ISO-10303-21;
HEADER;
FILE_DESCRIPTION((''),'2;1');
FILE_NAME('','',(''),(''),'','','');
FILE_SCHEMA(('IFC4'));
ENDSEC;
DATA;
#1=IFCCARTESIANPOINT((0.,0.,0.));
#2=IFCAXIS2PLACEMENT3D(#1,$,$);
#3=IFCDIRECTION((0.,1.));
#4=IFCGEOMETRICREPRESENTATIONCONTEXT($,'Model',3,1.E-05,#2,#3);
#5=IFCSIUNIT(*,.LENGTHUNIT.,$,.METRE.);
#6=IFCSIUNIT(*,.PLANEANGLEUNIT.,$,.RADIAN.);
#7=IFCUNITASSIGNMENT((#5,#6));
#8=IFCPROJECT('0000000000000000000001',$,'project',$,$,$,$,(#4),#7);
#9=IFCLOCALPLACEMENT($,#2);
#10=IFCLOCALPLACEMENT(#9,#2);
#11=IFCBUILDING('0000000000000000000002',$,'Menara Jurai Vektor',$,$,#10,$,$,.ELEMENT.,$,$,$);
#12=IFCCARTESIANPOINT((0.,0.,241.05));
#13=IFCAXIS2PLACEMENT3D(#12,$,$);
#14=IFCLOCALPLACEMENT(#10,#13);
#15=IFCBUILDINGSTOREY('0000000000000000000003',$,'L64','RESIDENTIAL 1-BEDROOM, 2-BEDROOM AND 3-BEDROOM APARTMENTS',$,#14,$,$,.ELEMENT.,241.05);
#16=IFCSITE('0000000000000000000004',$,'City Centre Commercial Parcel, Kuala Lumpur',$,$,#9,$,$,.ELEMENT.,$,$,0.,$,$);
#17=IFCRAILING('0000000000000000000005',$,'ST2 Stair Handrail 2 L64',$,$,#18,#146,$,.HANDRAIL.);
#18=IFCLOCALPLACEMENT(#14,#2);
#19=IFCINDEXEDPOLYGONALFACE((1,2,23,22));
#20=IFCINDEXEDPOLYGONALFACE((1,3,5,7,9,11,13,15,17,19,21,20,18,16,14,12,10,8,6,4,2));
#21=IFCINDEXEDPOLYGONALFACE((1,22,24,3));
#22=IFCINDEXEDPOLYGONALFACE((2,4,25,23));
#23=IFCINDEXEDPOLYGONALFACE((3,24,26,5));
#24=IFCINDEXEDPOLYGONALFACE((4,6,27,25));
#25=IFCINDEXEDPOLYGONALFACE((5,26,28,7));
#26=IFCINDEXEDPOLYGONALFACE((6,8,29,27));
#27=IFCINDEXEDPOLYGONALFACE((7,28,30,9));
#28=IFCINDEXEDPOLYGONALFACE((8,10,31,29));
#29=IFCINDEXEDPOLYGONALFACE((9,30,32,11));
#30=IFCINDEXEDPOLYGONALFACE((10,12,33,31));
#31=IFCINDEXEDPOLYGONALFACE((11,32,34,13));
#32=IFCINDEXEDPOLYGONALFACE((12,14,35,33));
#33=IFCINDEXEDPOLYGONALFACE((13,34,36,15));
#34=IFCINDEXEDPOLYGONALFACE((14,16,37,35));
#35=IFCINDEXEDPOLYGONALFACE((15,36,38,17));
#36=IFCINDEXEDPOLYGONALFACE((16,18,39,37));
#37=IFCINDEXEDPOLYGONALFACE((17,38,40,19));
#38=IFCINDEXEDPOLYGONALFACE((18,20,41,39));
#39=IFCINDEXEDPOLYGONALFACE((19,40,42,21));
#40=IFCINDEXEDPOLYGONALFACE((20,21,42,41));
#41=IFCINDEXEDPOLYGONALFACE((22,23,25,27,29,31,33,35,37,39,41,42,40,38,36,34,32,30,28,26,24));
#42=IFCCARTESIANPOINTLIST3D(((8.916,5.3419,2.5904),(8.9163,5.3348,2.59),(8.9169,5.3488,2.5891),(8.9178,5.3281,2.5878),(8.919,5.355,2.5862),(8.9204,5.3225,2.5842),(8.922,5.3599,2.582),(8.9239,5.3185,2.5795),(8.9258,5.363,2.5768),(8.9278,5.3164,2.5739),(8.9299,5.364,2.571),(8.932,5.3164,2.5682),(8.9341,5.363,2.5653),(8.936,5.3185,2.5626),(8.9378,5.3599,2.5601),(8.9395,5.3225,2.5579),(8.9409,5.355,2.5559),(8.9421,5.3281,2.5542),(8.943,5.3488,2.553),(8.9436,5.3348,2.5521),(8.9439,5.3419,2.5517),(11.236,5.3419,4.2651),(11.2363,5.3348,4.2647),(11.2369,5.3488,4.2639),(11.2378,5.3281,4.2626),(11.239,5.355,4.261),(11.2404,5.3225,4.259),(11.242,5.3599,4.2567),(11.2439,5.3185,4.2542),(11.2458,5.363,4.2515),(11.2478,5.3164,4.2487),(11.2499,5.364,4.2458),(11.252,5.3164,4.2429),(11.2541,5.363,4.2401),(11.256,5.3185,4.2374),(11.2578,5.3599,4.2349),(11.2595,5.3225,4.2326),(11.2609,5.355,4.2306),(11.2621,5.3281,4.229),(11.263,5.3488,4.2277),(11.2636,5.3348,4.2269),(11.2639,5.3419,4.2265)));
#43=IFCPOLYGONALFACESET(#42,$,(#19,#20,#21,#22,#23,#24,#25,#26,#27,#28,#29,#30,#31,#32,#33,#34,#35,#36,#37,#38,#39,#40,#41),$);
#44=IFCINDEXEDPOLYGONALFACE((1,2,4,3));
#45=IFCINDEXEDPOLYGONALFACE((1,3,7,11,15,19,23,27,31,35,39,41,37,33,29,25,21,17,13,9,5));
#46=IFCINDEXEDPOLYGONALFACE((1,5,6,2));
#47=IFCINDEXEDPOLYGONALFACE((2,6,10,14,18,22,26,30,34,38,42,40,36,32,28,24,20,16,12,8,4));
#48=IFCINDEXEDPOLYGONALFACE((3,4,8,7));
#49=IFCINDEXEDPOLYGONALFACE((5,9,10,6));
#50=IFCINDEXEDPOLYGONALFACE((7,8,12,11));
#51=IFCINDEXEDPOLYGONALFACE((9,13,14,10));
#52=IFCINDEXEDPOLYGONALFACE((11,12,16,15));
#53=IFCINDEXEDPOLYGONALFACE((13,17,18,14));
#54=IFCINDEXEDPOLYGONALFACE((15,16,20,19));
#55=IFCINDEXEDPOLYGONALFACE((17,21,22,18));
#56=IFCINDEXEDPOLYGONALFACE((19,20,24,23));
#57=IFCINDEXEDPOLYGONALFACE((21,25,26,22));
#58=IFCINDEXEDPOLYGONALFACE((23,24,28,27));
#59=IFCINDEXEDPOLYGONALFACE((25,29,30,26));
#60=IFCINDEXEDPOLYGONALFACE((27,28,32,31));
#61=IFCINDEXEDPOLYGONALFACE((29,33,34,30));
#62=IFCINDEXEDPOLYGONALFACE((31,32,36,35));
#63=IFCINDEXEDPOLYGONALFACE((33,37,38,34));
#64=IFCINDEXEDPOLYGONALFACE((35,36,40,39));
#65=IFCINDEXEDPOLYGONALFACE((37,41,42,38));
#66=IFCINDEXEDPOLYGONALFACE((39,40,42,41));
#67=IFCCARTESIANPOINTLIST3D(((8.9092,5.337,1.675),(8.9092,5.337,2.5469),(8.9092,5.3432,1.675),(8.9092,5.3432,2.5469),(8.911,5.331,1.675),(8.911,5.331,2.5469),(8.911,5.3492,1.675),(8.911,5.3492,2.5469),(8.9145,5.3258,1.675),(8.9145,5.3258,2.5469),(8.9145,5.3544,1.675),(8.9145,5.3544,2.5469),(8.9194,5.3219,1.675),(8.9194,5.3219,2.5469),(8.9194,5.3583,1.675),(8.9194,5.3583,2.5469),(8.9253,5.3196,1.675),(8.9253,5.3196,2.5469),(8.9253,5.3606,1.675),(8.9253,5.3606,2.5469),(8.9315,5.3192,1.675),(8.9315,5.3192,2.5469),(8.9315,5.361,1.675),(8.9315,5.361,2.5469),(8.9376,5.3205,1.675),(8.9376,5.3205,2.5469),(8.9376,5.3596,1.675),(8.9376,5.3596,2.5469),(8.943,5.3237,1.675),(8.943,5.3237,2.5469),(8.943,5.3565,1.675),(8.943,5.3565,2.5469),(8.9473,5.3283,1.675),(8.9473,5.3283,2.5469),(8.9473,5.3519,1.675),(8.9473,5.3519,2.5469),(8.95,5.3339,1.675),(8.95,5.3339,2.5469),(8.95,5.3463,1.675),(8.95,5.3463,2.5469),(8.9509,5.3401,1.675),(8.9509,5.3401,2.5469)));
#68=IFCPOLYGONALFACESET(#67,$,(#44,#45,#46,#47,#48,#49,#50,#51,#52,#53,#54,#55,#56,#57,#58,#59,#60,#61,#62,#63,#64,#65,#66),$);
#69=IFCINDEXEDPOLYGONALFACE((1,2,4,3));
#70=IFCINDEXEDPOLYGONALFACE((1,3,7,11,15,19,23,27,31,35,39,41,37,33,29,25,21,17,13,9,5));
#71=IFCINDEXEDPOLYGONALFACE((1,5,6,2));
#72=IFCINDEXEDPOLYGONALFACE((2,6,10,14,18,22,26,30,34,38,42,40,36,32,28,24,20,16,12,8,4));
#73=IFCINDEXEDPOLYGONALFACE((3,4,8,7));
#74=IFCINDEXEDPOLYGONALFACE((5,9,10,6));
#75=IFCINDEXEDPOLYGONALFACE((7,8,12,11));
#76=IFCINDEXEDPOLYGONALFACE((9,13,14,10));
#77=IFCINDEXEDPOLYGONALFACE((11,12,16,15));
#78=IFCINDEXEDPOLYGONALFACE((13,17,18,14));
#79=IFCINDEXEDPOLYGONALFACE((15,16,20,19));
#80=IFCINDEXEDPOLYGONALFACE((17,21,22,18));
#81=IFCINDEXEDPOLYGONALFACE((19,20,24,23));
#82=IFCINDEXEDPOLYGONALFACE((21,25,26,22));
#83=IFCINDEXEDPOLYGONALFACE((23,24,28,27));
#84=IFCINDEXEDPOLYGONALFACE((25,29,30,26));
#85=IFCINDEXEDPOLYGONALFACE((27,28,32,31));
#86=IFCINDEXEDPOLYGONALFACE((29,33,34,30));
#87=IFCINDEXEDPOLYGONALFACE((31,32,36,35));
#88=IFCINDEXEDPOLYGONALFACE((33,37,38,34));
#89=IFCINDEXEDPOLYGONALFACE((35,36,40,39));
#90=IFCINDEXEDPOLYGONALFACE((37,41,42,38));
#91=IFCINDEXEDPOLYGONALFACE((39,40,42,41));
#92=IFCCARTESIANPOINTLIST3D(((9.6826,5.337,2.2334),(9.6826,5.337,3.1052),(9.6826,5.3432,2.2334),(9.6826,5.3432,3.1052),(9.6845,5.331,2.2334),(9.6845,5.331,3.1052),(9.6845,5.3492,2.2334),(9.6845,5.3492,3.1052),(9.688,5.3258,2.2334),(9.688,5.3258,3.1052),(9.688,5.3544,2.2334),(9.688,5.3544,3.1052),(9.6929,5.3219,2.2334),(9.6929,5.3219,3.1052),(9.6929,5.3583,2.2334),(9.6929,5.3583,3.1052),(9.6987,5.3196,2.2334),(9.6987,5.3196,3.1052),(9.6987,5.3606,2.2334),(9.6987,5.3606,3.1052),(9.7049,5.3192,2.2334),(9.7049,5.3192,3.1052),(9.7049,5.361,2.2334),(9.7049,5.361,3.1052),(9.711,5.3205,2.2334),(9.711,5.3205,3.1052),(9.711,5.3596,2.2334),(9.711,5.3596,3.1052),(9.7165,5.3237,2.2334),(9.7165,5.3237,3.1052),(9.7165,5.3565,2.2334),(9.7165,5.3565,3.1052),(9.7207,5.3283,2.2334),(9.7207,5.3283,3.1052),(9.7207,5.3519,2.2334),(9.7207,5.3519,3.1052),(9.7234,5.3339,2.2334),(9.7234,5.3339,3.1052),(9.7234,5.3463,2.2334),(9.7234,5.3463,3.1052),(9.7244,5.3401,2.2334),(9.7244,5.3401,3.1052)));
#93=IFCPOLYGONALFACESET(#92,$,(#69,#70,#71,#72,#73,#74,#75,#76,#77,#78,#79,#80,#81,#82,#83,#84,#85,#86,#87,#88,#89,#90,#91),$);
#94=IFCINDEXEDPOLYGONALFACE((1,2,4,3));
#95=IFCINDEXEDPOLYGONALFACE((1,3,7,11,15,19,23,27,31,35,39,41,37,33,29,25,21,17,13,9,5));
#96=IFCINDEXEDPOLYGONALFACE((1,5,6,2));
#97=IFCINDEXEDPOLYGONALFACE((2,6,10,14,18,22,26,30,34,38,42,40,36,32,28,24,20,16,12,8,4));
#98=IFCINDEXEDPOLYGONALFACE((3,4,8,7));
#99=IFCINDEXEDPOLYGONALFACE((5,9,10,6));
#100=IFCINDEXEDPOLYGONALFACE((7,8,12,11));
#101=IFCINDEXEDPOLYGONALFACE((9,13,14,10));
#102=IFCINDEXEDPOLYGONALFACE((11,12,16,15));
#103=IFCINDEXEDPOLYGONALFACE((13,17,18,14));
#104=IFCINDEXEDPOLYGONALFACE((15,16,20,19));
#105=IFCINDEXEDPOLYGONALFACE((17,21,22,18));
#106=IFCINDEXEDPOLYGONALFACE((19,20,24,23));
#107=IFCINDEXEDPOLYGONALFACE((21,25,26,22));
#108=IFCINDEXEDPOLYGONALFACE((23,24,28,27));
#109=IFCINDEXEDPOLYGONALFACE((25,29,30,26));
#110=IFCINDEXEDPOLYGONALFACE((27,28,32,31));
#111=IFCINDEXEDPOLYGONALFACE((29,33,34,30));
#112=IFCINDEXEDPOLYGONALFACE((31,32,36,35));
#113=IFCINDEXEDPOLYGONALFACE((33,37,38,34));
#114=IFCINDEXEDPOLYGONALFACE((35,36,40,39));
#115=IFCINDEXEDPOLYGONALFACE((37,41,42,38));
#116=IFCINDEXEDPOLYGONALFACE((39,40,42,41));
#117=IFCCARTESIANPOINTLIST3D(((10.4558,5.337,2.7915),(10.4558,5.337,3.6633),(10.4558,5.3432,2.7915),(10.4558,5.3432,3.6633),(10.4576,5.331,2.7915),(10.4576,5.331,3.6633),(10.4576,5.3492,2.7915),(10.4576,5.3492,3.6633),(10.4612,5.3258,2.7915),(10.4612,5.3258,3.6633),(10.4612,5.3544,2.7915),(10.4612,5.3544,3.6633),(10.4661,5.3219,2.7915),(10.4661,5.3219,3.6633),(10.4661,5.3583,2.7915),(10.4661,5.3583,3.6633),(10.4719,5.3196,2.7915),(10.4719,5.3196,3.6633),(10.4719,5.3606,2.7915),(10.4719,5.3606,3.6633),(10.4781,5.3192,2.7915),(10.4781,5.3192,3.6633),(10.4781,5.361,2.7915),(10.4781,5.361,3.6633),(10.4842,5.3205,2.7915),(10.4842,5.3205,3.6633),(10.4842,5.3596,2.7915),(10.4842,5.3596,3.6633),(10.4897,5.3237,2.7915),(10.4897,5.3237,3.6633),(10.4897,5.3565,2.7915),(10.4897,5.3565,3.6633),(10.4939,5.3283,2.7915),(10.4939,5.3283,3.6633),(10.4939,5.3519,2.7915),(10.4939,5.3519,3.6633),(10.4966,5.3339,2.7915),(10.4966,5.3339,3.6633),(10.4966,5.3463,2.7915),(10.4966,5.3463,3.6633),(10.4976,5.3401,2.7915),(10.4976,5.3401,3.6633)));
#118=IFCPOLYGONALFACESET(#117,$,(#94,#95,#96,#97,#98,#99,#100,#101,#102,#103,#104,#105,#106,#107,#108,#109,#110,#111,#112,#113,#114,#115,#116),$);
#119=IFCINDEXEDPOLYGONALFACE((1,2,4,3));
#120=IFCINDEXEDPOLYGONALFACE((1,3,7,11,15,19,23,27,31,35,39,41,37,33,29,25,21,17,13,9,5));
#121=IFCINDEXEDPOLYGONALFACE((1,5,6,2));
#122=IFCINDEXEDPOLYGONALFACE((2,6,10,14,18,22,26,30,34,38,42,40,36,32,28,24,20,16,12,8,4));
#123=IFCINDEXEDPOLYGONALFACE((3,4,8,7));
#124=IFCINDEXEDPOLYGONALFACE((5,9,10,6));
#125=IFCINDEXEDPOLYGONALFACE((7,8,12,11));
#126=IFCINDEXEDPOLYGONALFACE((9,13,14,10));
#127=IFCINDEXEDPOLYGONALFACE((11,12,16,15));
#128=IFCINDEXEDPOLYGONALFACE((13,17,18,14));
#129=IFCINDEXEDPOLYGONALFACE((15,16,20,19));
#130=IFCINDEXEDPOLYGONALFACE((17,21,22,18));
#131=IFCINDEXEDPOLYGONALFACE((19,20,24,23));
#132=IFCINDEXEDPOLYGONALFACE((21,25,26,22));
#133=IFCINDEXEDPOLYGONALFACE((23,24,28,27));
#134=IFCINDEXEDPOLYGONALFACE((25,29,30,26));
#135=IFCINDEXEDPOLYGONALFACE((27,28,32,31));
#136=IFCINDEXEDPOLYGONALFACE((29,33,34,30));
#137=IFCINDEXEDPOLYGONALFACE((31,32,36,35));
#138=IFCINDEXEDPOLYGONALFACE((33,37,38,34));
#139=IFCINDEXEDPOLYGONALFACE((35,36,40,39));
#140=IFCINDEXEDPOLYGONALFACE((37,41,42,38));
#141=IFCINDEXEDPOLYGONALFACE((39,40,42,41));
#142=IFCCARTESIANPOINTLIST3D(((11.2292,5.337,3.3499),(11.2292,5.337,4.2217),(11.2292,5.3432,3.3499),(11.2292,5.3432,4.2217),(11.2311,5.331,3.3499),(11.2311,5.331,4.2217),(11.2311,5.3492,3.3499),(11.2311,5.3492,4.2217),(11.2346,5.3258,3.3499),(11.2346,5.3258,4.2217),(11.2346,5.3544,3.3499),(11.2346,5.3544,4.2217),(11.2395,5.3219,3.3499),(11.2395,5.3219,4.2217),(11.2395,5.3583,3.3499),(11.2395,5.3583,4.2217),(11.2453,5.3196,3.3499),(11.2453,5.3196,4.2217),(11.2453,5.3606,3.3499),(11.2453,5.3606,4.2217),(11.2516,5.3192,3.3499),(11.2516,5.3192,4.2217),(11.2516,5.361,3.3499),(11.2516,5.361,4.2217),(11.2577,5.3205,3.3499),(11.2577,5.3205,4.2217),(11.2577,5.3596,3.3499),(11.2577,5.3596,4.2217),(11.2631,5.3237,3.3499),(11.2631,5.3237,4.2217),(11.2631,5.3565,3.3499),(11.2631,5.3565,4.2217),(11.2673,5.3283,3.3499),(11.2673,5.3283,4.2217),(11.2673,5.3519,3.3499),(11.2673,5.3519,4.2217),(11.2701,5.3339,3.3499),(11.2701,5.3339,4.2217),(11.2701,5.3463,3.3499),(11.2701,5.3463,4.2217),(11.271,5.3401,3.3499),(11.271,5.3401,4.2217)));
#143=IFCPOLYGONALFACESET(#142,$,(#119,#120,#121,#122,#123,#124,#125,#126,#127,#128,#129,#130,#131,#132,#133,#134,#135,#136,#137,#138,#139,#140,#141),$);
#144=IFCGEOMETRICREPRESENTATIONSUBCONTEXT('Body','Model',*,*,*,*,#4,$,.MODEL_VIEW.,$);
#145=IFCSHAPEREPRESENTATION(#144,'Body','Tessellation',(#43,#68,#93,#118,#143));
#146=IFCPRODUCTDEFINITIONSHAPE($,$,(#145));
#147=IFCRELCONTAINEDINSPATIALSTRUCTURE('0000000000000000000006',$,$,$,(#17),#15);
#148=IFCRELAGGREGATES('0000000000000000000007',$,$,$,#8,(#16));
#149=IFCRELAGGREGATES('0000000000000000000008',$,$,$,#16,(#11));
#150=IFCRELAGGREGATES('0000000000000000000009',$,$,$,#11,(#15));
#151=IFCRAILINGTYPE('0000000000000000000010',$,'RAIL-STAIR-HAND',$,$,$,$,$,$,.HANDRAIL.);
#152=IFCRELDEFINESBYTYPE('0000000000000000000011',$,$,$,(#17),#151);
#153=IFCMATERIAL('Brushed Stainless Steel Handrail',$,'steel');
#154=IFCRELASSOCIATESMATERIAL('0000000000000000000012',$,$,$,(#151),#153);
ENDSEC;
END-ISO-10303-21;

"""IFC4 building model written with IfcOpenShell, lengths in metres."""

from ifc_helpers import new_model, si_unit, direction, frame, origin, origin_2d, place, context, subcontext, project, spatial, circle, extrude, material, type_object, element, save


model = new_model("IFC4")

# Units and contexts
model_context = context("Model", 3, precision=1e-05, world=origin(), true_north=direction((0.0, 1.0)))
body_context = subcontext(model_context, "Body", "Model", "MODEL_VIEW")
ifc_project = project(units=[si_unit("LENGTHUNIT", "METRE"), si_unit("PLANEANGLEUNIT", "RADIAN")], contexts=[model_context])

# Site, building, storey
site_placement = place(None, origin())
site = spatial("IfcSite", under=ifc_project, at=site_placement, Name="City Centre Commercial Parcel, Kuala Lumpur", CompositionType="ELEMENT", RefElevation=0.0)
building_placement = place(site_placement, origin())
building = spatial("IfcBuilding", under=site, at=building_placement, Name="Menara Jurai Vektor", CompositionType="ELEMENT")
storey_placement = place(building_placement, frame((0.0, 0.0, 241.05)))
storey = spatial("IfcBuildingStorey", under=building, at=storey_placement, Name="L64", Description="RESIDENTIAL 1-BEDROOM, 2-BEDROOM AND 3-BEDROOM APARTMENTS", CompositionType="ELEMENT", Elevation=241.05)

# Railing
ifc_material_1 = material(Name="Brushed Stainless Steel Handrail", Category="steel")
railing_type_1 = type_object("IfcRailingType", Name="RAIL-STAIR-HAND", PredefinedType="HANDRAIL", material=ifc_material_1)
railing_1_placement = place(storey_placement, frame((8.9299, 5.3401, 1.675)))
element("IfcRailing", 1, at=railing_1_placement, inside=storey, type_object=railing_type_1, Name="ST2 Stair Handrail 2 L64", PredefinedType="HANDRAIL", context=body_context, shape_type="SweptSolid", body=[
    extrude(circle(Radius=0.0239, at=origin_2d()), frame((0.0, 0.0, 0.896), z_axis=(0.810812, 0.0, 0.585307), x_axis=(0.0, 1.0, 0.0)), (0.0, 0.0, 1.0), 2.8613),
    extrude(circle(Radius=0.021, at=origin_2d()), origin(), (0.0, 0.0, 1.0), 0.8718),
    extrude(circle(Radius=0.021, at=origin_2d()), frame((0.7734, 0.0, 0.5583)), (0.0, 0.0, 1.0), 0.8718),
    extrude(circle(Radius=0.021, at=origin_2d()), frame((1.5466, 0.0, 1.1165)), (0.0, 0.0, 1.0), 0.8718),
    extrude(circle(Radius=0.021, at=origin_2d()), frame((2.3201, 0.0, 1.6748)), (0.0, 0.0, 1.0), 0.8718),
])

save(model, "model.ifc")
